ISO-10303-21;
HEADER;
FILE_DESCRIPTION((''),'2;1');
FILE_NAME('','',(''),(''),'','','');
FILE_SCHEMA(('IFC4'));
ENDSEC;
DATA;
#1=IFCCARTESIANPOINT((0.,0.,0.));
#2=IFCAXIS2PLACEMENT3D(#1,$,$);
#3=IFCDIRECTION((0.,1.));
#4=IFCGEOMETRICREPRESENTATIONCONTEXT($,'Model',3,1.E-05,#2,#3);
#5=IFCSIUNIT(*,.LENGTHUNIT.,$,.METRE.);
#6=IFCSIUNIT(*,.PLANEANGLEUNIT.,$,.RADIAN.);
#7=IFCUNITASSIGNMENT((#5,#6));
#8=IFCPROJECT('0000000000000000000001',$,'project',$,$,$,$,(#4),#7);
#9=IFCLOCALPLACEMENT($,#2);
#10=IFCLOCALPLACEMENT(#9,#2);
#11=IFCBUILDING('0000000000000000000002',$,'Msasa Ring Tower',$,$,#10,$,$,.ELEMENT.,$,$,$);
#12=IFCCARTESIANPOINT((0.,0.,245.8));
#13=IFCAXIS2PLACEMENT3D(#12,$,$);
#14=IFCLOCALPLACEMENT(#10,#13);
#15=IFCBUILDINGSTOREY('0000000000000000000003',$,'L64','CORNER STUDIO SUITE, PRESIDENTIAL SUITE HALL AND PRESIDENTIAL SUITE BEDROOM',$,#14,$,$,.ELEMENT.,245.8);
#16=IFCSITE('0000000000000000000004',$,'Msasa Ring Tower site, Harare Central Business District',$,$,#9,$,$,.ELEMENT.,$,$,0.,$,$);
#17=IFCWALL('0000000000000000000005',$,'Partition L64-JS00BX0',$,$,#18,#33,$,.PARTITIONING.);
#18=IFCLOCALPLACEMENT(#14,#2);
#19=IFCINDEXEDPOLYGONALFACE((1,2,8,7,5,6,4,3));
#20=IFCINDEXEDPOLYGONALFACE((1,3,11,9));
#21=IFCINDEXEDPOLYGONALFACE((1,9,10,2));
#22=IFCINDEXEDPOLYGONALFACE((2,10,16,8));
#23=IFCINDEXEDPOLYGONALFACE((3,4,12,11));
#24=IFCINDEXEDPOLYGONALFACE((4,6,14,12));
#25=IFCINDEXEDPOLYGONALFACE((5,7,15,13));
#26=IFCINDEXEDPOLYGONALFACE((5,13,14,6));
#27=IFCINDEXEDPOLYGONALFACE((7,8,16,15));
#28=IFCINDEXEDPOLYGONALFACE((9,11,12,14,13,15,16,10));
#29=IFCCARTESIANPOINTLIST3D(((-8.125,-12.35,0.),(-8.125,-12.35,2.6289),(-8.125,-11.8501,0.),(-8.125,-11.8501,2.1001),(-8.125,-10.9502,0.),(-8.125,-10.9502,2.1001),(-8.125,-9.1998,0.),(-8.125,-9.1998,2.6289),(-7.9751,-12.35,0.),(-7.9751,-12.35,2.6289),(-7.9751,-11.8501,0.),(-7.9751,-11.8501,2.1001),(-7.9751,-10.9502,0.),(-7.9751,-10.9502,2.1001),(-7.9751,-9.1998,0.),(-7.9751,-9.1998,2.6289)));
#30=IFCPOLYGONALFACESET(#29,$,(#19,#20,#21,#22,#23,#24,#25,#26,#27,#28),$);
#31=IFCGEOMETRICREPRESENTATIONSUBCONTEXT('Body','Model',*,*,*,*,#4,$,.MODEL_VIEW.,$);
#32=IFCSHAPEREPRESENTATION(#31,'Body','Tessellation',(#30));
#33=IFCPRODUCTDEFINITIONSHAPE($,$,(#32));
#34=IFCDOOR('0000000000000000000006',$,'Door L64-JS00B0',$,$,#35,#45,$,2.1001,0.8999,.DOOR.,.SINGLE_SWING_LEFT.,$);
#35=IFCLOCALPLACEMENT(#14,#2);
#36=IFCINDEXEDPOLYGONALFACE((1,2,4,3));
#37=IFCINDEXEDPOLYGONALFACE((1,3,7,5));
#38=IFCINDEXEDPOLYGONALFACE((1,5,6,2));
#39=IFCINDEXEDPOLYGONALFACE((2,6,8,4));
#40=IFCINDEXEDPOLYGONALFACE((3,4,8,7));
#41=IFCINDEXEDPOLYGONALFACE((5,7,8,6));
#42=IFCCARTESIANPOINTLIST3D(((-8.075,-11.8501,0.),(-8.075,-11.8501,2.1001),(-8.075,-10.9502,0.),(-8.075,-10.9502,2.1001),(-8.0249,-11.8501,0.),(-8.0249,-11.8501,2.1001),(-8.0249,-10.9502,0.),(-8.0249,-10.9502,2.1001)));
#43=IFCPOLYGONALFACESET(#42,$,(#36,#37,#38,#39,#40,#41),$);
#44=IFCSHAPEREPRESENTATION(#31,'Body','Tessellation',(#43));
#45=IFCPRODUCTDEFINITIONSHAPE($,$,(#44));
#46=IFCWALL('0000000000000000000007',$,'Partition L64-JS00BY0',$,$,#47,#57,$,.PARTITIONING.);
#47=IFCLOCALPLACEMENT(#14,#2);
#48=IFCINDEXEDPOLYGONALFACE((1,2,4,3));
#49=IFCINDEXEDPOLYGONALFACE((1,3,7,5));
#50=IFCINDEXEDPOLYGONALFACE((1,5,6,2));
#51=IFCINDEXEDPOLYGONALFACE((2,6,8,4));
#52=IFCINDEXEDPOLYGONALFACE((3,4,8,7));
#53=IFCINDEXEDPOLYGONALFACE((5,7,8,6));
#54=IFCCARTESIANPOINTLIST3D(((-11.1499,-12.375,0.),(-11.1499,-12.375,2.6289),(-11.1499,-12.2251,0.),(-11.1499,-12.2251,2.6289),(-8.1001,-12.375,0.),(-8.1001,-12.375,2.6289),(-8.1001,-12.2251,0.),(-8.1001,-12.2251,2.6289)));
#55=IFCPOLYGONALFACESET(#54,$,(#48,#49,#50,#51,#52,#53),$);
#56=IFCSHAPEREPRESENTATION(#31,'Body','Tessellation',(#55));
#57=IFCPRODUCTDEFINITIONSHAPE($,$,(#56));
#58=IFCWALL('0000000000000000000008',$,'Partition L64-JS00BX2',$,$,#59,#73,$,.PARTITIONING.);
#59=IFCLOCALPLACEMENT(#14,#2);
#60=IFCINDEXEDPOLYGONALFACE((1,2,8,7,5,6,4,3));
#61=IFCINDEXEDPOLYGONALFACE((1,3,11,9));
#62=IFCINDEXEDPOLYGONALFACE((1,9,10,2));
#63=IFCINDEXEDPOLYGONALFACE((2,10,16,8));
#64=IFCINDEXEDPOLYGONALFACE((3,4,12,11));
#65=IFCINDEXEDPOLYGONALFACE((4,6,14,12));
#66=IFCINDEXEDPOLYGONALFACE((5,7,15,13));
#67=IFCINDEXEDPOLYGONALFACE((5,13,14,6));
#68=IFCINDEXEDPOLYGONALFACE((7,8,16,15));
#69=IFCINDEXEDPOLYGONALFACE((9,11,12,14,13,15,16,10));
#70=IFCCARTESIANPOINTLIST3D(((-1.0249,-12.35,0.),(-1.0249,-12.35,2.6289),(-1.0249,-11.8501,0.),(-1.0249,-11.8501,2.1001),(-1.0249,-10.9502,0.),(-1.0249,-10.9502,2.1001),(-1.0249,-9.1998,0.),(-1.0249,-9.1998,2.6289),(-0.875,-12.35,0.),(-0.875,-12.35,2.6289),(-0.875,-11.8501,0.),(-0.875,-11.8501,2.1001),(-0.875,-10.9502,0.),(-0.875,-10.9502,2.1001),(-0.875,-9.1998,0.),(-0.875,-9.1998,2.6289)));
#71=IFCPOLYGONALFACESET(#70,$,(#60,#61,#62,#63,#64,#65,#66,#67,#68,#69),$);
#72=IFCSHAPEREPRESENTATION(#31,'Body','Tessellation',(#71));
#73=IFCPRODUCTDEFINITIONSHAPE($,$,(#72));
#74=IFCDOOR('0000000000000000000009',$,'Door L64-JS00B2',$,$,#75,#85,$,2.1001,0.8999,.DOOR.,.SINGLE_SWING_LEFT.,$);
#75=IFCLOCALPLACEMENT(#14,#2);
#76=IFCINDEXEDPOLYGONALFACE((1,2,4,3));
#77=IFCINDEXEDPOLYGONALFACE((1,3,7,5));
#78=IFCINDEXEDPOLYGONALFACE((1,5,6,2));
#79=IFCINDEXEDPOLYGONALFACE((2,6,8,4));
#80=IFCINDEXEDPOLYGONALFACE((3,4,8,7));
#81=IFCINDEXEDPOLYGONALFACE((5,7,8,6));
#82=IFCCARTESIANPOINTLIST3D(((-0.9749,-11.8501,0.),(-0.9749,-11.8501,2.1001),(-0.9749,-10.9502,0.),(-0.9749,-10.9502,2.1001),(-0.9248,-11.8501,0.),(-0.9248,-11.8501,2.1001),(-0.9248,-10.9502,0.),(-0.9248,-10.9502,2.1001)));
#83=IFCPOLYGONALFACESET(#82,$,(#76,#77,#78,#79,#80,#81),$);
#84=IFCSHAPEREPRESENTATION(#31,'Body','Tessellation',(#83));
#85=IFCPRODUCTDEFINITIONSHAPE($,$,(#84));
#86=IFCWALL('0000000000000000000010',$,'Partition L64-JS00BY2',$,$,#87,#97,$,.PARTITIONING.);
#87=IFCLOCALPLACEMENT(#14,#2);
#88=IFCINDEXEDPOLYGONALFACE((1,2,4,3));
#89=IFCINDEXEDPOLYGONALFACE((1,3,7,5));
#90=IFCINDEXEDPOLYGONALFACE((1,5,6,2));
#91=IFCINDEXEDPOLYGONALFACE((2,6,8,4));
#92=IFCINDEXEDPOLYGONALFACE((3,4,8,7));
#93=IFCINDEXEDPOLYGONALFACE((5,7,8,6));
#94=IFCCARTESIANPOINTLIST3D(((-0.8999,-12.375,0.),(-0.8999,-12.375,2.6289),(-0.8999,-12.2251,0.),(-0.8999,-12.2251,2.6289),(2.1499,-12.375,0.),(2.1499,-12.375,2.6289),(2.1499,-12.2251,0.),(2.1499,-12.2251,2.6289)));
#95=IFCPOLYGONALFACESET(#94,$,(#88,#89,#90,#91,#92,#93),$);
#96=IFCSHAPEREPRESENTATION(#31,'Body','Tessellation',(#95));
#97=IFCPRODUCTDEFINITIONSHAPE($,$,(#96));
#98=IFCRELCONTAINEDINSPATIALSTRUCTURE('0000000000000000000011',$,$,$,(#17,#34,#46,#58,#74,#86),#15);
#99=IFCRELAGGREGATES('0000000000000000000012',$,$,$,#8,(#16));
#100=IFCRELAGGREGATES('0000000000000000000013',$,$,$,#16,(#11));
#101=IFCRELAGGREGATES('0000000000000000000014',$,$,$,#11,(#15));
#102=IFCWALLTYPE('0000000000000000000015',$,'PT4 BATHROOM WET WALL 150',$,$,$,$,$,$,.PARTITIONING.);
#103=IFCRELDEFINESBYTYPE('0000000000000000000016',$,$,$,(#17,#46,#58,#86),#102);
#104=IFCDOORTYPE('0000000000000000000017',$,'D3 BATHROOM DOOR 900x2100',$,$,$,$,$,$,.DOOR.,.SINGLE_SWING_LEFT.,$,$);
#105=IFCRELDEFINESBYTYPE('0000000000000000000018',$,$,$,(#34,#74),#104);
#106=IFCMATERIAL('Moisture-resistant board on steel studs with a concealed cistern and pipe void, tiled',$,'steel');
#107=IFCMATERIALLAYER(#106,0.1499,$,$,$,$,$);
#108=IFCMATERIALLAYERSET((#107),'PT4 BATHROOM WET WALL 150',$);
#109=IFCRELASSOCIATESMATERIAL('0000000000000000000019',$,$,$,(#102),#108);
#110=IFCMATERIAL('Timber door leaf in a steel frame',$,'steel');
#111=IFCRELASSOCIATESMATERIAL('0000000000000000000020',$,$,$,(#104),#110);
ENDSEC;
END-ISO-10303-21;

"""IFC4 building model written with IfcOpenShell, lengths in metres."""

from ifc_helpers import new_model, si_unit, direction, frame, frame_2d, origin, place, context, subcontext, project, spatial, rectangle, extrude, material, layer, layer_set, type_object, element, fill, save


model = new_model("IFC4")

# Units and contexts
model_context = context("Model", 3, precision=1e-05, world=origin(), true_north=direction((0.0, 1.0)))
body_context = subcontext(model_context, "Body", "Model", "MODEL_VIEW")
ifc_project = project(units=[si_unit("LENGTHUNIT", "METRE"), si_unit("PLANEANGLEUNIT", "RADIAN")], contexts=[model_context])

# Site, building, storey
site_placement = place(None, origin())
site = spatial("IfcSite", under=ifc_project, at=site_placement, Name="Msasa Ring Tower site, Harare Central Business District", CompositionType="ELEMENT", RefElevation=0.0)
building_placement = place(site_placement, origin())
building = spatial("IfcBuilding", under=site, at=building_placement, Name="Msasa Ring Tower", CompositionType="ELEMENT")
storey_placement = place(building_placement, frame((0.0, 0.0, 245.8)))
storey = spatial("IfcBuildingStorey", under=building, at=storey_placement, Name="L64", Description="CORNER STUDIO SUITE, PRESIDENTIAL SUITE HALL AND PRESIDENTIAL SUITE BEDROOM", CompositionType="ELEMENT", Elevation=245.8)

# Wall, opening, door
ifc_material_1 = material(Name="Moisture-resistant board on steel studs with a concealed cistern and pipe void, tiled", Category="steel")
ifc_layer_1 = layer(ifc_material_1, 0.1499)
ifc_layer_set_1 = layer_set([ifc_layer_1], Name="PT4 BATHROOM WET WALL 150")
wall_type_1 = type_object("IfcWallType", Name="PT4 BATHROOM WET WALL 150", PredefinedType="PARTITIONING", material=ifc_layer_set_1)
wall_1_placement = place(storey_placement, frame((-8.05, -12.3501, 0.0), z_axis=(0.0, 0.0, 1.0), x_axis=(0.0, 1.0, 0.0)))
wall_1 = element("IfcWall", 1, at=wall_1_placement, inside=storey, type_object=wall_type_1, Name="Partition L64-JS00BX0", PredefinedType="PARTITIONING", context=body_context, shape_type="SweptSolid", body=[
    extrude(rectangle(XDim=3.1501, YDim=0.1499, at=frame_2d((1.5752, 0.0))), origin(), (0.0, 0.0, 1.0), 2.6289),
])
opening_1_placement = place(wall_1_placement, frame((0.5, 0.0, 0.0)))
opening_1 = element("IfcOpeningElement", 2, at=opening_1_placement, cuts=wall_1, PredefinedType="OPENING", context=body_context, shape_type="SweptSolid", body=[
    extrude(rectangle(XDim=0.8999, YDim=2.1001, at=frame_2d((0.45, 1.05))), frame((0.0, 0.085, 0.0), z_axis=(0.0, -1.0, 0.0), x_axis=(1.0, 0.0, 0.0)), (0.0, 0.0, 1.0), 0.1699),
])
ifc_material_2 = material(Name="Timber door leaf in a steel frame", Category="steel")
door_type_1 = type_object("IfcDoorType", Name="D3 BATHROOM DOOR 900x2100", OperationType="SINGLE_SWING_LEFT", PredefinedType="DOOR", material=ifc_material_2)
door_1_placement = place(opening_1_placement, origin())
door_1 = element("IfcDoor", 3, at=door_1_placement, inside=storey, type_object=door_type_1, Name="Door L64-JS00B0", OperationType="SINGLE_SWING_LEFT", OverallHeight=2.1001, OverallWidth=0.8999, PredefinedType="DOOR", context=body_context, shape_type="SweptSolid", body=[
    extrude(rectangle(XDim=0.8999, YDim=2.1001, at=frame_2d((0.45, 1.05))), frame((0.0, 0.0249, 0.0), z_axis=(0.0, -1.0, 0.0), x_axis=(1.0, 0.0, 0.0)), (0.0, 0.0, 1.0), 0.05),
])
fill(opening_1, door_1)

# Wall
wall_2_placement = place(storey_placement, frame((-11.1499, -12.3, 0.0), z_axis=(0.0, 0.0, 1.0), x_axis=(1.0, 0.0, 0.0)))
element("IfcWall", 4, at=wall_2_placement, inside=storey, type_object=wall_type_1, Name="Partition L64-JS00BY0", PredefinedType="PARTITIONING", context=body_context, shape_type="SweptSolid", body=[
    extrude(rectangle(XDim=3.0498, YDim=0.1499, at=frame_2d((1.5249, 0.0))), origin(), (0.0, 0.0, 1.0), 2.6289),
])

# Wall, opening, door
wall_3_placement = place(storey_placement, frame((-0.95, -12.3501, 0.0), z_axis=(0.0, 0.0, 1.0), x_axis=(0.0, 1.0, 0.0)))
wall_3 = element("IfcWall", 5, at=wall_3_placement, inside=storey, type_object=wall_type_1, Name="Partition L64-JS00BX2", PredefinedType="PARTITIONING", context=body_context, shape_type="SweptSolid", body=[
    extrude(rectangle(XDim=3.1501, YDim=0.1499, at=frame_2d((1.5752, 0.0))), origin(), (0.0, 0.0, 1.0), 2.6289),
])
opening_2_placement = place(wall_3_placement, frame((0.5, 0.0, 0.0)))
opening_2 = element("IfcOpeningElement", 6, at=opening_2_placement, cuts=wall_3, PredefinedType="OPENING", context=body_context, shape_type="SweptSolid", body=[
    extrude(rectangle(XDim=0.8999, YDim=2.1001, at=frame_2d((0.45, 1.05))), frame((0.0, 0.085, 0.0), z_axis=(0.0, -1.0, 0.0), x_axis=(1.0, 0.0, 0.0)), (0.0, 0.0, 1.0), 0.1699),
])
door_2_placement = place(opening_2_placement, origin())
door_2 = element("IfcDoor", 7, at=door_2_placement, inside=storey, type_object=door_type_1, Name="Door L64-JS00B2", OperationType="SINGLE_SWING_LEFT", OverallHeight=2.1001, OverallWidth=0.8999, PredefinedType="DOOR", context=body_context, shape_type="SweptSolid", body=[
    extrude(rectangle(XDim=0.8999, YDim=2.1001, at=frame_2d((0.45, 1.05))), frame((0.0, 0.0249, 0.0), z_axis=(0.0, -1.0, 0.0), x_axis=(1.0, 0.0, 0.0)), (0.0, 0.0, 1.0), 0.05),
])
fill(opening_2, door_2)

# Wall
wall_4_placement = place(storey_placement, frame((-0.8999, -12.3, 0.0), z_axis=(0.0, 0.0, 1.0), x_axis=(1.0, 0.0, 0.0)))
element("IfcWall", 8, at=wall_4_placement, inside=storey, type_object=wall_type_1, Name="Partition L64-JS00BY2", PredefinedType="PARTITIONING", context=body_context, shape_type="SweptSolid", body=[
    extrude(rectangle(XDim=3.0498, YDim=0.1499, at=frame_2d((1.5249, 0.0))), origin(), (0.0, 0.0, 1.0), 2.6289),
])

save(model, "model.ifc")
